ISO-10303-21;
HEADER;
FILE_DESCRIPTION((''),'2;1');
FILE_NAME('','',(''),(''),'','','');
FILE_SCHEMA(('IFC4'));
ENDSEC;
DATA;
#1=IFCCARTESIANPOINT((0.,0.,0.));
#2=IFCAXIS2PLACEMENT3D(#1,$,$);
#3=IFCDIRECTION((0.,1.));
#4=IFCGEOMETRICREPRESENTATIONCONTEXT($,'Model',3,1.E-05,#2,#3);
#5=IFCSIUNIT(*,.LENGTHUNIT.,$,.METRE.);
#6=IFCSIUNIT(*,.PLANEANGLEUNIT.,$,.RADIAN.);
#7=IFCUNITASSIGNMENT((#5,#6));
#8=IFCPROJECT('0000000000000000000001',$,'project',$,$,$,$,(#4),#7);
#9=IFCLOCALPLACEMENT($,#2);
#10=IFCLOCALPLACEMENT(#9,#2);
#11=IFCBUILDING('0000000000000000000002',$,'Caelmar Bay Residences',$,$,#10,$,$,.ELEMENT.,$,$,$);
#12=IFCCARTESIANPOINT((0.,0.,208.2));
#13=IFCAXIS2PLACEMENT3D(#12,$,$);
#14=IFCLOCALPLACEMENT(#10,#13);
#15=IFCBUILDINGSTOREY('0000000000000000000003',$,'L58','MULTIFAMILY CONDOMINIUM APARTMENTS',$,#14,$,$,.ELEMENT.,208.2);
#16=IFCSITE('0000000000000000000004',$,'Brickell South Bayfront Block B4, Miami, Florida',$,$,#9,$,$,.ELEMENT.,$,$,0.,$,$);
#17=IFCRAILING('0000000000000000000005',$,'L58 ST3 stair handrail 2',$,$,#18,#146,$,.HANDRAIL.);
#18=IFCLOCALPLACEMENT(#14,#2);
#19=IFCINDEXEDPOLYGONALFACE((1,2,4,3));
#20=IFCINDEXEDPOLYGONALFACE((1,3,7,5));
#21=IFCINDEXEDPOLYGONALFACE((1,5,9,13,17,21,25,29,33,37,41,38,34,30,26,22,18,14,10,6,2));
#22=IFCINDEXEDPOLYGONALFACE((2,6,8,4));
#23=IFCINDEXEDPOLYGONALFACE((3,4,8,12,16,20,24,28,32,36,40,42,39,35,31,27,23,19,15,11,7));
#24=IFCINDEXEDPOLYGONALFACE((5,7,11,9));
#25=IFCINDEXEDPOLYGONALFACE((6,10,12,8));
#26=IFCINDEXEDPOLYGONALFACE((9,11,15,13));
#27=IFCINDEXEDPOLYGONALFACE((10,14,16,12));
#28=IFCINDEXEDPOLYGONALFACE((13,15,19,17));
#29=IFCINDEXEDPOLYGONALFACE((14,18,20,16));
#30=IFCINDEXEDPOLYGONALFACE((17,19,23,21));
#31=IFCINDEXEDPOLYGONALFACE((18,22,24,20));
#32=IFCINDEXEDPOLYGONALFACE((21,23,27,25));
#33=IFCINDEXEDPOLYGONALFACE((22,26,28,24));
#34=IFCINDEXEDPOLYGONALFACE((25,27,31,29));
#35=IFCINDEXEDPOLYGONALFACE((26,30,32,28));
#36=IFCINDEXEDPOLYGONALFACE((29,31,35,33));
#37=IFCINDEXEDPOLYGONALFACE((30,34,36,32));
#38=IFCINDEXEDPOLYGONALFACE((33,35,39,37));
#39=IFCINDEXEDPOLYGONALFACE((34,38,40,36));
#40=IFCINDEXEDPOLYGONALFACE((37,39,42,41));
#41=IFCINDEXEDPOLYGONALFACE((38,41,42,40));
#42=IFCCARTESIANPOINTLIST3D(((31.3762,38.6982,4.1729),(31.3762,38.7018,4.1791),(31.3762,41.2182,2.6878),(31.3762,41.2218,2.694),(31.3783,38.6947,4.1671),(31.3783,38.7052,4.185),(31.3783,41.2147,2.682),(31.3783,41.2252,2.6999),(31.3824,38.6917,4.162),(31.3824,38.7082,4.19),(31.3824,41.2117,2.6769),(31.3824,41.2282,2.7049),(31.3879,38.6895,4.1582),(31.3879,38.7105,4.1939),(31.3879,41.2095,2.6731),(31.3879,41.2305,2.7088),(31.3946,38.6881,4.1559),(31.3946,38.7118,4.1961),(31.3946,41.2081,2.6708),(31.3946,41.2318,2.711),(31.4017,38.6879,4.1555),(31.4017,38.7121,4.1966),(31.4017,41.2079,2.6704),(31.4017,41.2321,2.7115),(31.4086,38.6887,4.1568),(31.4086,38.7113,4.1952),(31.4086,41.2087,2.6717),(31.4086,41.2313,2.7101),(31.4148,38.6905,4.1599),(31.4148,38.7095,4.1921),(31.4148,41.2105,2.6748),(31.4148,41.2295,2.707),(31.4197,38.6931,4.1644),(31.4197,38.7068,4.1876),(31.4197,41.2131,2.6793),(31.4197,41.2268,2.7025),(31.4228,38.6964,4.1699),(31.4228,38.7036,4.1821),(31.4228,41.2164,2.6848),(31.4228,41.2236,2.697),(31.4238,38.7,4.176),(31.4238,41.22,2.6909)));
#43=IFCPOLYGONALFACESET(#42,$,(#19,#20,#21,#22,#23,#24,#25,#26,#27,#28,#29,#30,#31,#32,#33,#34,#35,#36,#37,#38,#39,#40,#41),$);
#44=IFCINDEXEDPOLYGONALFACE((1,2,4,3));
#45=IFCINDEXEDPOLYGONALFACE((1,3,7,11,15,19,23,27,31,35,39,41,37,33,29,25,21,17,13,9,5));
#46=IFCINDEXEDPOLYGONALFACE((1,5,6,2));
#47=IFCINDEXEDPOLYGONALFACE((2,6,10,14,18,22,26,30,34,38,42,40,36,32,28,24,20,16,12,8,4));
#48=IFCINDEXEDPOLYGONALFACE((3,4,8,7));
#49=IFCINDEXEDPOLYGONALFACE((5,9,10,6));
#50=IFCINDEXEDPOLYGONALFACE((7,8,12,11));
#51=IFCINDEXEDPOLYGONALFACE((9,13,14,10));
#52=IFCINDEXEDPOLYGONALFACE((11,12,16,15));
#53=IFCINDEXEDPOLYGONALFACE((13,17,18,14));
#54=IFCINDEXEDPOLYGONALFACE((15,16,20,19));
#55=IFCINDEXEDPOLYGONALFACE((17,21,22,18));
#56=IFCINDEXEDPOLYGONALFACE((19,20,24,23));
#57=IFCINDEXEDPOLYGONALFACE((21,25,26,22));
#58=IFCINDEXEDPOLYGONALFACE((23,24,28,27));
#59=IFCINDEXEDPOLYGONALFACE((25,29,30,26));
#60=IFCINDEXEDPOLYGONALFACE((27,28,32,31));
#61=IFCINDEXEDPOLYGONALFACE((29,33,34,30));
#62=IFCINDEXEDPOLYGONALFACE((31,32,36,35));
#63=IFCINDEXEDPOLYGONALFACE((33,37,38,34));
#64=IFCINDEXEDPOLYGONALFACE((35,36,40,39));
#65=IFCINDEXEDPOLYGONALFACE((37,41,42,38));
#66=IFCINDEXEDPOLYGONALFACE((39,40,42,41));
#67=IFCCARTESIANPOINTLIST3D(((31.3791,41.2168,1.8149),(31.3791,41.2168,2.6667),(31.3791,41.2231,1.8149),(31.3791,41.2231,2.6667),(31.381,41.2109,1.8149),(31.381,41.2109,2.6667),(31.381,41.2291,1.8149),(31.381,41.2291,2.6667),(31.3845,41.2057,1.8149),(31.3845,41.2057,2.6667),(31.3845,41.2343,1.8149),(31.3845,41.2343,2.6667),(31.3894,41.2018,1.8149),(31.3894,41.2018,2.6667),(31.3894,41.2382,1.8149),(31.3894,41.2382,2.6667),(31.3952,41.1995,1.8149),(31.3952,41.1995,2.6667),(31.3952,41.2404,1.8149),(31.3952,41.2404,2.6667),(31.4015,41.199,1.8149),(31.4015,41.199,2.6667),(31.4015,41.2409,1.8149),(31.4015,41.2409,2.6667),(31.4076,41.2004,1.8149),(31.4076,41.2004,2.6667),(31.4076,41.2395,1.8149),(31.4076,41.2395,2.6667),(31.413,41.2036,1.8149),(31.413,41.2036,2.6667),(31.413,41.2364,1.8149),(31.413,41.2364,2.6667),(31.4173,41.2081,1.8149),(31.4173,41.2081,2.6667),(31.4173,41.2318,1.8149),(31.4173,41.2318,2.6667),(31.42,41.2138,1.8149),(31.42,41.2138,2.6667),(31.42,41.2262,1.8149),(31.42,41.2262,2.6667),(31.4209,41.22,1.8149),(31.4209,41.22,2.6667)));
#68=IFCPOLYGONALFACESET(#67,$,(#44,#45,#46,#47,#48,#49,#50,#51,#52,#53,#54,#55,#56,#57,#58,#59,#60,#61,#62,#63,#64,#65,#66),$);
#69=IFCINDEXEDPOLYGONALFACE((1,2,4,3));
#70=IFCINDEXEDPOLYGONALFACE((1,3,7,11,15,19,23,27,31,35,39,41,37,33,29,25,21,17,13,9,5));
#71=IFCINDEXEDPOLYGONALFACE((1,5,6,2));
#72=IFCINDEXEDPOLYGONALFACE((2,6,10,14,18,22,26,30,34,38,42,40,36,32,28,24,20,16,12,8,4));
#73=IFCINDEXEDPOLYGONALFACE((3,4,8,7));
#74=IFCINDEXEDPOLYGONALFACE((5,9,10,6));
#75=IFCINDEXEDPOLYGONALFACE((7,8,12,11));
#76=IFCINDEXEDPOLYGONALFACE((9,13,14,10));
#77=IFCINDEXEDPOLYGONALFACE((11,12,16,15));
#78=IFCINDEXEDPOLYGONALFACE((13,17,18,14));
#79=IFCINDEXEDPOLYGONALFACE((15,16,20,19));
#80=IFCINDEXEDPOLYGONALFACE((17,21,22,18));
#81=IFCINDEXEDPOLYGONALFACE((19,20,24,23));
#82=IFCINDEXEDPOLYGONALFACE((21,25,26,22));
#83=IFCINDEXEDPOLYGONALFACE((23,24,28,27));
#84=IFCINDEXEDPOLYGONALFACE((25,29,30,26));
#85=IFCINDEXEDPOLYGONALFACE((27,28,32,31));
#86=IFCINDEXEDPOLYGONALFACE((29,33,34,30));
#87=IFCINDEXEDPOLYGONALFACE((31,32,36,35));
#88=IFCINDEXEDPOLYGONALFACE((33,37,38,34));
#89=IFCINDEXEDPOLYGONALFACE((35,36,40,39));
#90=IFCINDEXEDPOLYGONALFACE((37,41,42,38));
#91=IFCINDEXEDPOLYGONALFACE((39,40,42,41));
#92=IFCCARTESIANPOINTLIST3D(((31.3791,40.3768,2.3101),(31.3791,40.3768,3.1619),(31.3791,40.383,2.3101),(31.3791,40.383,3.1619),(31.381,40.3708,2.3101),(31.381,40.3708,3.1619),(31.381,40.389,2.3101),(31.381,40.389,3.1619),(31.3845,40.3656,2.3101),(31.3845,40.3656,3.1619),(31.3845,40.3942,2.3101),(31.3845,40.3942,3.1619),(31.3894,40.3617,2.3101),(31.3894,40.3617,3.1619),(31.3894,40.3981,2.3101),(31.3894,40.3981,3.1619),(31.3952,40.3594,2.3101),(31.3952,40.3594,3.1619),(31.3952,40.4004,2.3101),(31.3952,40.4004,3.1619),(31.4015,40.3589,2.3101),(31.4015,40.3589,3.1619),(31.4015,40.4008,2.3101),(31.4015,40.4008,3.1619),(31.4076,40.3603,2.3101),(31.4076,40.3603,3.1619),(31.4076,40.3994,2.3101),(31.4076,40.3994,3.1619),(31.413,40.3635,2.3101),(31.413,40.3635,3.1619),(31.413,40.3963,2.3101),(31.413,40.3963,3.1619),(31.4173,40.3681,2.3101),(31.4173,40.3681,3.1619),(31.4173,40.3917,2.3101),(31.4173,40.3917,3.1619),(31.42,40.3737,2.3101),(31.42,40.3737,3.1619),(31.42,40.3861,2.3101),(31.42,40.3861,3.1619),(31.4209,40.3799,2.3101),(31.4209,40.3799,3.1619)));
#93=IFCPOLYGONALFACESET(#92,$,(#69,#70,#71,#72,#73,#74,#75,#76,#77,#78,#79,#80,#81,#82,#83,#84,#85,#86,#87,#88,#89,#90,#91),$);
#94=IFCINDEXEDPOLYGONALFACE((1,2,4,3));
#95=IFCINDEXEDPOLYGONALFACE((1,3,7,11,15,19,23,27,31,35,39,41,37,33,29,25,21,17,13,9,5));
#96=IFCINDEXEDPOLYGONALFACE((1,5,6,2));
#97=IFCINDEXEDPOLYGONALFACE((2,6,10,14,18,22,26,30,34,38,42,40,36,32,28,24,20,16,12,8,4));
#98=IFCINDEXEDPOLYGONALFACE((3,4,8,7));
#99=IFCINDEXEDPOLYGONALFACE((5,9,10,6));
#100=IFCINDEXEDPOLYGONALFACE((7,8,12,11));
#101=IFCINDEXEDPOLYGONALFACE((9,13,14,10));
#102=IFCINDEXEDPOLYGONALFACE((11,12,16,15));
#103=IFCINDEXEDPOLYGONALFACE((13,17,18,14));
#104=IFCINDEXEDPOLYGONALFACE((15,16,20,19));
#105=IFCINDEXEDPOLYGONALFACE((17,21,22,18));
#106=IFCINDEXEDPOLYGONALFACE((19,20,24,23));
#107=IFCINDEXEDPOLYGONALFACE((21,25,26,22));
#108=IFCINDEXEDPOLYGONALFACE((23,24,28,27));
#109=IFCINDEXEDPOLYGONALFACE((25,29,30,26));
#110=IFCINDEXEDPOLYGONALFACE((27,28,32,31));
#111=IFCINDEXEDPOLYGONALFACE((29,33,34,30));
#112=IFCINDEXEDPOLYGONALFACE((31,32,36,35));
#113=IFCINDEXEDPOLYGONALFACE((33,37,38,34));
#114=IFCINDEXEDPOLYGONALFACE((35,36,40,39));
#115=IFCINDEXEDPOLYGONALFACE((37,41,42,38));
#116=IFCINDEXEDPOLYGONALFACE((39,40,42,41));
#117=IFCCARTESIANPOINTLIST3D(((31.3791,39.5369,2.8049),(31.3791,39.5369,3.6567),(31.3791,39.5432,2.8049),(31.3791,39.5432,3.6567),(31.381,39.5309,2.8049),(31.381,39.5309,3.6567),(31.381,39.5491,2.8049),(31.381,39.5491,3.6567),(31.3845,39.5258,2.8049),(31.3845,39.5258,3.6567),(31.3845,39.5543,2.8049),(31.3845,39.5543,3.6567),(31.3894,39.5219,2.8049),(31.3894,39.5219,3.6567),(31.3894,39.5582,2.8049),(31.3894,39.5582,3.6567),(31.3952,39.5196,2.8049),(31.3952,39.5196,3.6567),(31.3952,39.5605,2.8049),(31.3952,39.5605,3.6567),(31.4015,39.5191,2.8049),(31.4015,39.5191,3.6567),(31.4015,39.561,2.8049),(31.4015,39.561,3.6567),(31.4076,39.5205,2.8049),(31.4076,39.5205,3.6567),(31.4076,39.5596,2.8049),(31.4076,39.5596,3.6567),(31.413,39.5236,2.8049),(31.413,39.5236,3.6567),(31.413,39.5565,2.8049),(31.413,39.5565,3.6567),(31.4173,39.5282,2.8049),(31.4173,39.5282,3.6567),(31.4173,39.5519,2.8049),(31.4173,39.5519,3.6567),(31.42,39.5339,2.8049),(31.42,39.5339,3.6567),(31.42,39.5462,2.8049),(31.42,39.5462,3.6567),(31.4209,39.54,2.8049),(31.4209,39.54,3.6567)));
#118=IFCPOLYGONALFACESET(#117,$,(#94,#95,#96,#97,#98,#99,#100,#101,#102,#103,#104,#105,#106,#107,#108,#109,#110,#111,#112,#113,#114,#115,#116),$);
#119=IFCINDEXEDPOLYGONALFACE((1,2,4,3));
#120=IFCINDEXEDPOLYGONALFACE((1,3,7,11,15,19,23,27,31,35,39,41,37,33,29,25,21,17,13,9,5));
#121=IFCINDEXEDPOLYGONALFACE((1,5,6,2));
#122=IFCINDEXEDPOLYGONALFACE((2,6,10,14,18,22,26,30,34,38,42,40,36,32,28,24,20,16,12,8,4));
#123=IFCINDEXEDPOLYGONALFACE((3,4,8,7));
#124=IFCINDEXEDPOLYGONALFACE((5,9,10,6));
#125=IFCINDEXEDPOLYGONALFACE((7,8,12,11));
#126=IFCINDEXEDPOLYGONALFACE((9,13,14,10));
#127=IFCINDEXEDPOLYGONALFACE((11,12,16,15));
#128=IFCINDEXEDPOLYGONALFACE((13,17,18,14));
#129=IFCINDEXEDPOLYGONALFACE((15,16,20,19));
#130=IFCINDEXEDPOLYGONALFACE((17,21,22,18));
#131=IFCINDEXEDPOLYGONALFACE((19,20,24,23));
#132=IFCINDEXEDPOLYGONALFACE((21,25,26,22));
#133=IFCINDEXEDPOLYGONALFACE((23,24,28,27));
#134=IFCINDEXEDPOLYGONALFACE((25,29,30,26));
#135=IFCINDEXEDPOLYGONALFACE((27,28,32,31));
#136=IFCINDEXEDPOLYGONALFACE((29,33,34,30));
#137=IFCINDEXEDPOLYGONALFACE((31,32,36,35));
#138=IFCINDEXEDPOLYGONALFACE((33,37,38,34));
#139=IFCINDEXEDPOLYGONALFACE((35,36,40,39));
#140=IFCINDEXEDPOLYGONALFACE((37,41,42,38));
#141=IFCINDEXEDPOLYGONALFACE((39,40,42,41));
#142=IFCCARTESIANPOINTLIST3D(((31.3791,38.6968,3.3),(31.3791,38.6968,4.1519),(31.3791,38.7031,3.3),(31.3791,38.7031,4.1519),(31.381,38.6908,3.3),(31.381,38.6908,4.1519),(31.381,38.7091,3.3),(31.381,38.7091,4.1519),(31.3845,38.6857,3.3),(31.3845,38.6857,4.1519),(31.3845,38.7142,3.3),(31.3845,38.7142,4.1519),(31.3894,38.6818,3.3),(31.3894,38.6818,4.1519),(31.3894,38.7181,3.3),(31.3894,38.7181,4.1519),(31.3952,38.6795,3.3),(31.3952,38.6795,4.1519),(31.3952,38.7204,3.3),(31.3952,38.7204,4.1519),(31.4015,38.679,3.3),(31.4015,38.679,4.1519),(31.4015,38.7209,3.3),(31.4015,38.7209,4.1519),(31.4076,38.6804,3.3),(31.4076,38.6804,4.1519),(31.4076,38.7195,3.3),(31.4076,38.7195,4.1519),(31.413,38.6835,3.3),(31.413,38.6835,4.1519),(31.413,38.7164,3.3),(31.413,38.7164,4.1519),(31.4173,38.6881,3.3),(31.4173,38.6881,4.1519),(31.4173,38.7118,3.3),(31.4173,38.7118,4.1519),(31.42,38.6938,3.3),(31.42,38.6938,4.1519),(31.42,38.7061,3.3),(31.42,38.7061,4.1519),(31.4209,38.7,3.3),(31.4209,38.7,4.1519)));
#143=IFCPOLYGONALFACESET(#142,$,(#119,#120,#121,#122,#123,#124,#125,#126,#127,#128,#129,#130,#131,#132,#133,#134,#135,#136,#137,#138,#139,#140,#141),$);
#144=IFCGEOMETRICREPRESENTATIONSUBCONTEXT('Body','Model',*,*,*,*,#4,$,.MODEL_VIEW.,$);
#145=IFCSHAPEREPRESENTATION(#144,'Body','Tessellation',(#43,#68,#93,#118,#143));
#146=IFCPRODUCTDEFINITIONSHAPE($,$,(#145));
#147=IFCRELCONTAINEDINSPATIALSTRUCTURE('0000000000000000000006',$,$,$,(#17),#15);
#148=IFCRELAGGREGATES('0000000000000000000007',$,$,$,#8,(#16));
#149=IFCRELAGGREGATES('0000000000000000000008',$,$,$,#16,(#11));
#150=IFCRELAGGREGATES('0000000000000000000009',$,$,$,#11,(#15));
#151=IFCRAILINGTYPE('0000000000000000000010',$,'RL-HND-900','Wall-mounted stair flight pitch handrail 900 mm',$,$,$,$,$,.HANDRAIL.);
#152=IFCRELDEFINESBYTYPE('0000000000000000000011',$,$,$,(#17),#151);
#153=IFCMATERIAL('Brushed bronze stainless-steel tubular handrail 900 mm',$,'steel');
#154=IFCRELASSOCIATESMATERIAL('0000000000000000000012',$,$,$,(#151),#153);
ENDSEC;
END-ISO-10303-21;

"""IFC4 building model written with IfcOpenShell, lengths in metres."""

from ifc_helpers import new_model, si_unit, direction, frame, origin, origin_2d, place, context, subcontext, project, spatial, circle, extrude, material, type_object, element, save


model = new_model("IFC4")

# Units and contexts
model_context = context("Model", 3, precision=1e-05, world=origin(), true_north=direction((0.0, 1.0)))
body_context = subcontext(model_context, "Body", "Model", "MODEL_VIEW")
ifc_project = project(units=[si_unit("LENGTHUNIT", "METRE"), si_unit("PLANEANGLEUNIT", "RADIAN")], contexts=[model_context])

# Site, building, storey
site_placement = place(None, origin())
site = spatial("IfcSite", under=ifc_project, at=site_placement, Name="Brickell South Bayfront Block B4, Miami, Florida", CompositionType="ELEMENT", RefElevation=0.0)
building_placement = place(site_placement, origin())
building = spatial("IfcBuilding", under=site, at=building_placement, Name="Caelmar Bay Residences", CompositionType="ELEMENT")
storey_placement = place(building_placement, frame((0.0, 0.0, 208.2)))
storey = spatial("IfcBuildingStorey", under=building, at=storey_placement, Name="L58", Description="MULTIFAMILY CONDOMINIUM APARTMENTS", CompositionType="ELEMENT", Elevation=208.2)

# Railing
ifc_material_1 = material(Name="Brushed bronze stainless-steel tubular handrail 900 mm", Category="steel")
railing_type_1 = type_object("IfcRailingType", Name="RL-HND-900", Description="Wall-mounted stair flight pitch handrail 900 mm", PredefinedType="HANDRAIL", material=ifc_material_1)
railing_1_placement = place(storey_placement, frame((31.3999, 41.22, 1.8149)))
element("IfcRailing", 1, at=railing_1_placement, inside=storey, type_object=railing_type_1, Name="L58 ST3 stair handrail 2", PredefinedType="HANDRAIL", context=body_context, shape_type="SweptSolid", body=[
    extrude(circle(Radius=0.0239, at=origin_2d()), frame((0.0, 0.0, 0.876), z_axis=(0.0, -0.861524, 0.507717), x_axis=(1.0, 0.0, 0.0)), (0.0, 0.0, 1.0), 2.925),
    extrude(circle(Radius=0.021, at=origin_2d()), origin(), (0.0, 0.0, 1.0), 0.8518),
    extrude(circle(Radius=0.021, at=origin_2d()), frame((0.0, -0.8401, 0.4951)), (0.0, 0.0, 1.0), 0.8518),
    extrude(circle(Radius=0.021, at=origin_2d()), frame((0.0, -1.6799, 0.99)), (0.0, 0.0, 1.0), 0.8518),
    extrude(circle(Radius=0.021, at=origin_2d()), frame((0.0, -2.52, 1.4851)), (0.0, 0.0, 1.0), 0.8518),
])

save(model, "model.ifc")
